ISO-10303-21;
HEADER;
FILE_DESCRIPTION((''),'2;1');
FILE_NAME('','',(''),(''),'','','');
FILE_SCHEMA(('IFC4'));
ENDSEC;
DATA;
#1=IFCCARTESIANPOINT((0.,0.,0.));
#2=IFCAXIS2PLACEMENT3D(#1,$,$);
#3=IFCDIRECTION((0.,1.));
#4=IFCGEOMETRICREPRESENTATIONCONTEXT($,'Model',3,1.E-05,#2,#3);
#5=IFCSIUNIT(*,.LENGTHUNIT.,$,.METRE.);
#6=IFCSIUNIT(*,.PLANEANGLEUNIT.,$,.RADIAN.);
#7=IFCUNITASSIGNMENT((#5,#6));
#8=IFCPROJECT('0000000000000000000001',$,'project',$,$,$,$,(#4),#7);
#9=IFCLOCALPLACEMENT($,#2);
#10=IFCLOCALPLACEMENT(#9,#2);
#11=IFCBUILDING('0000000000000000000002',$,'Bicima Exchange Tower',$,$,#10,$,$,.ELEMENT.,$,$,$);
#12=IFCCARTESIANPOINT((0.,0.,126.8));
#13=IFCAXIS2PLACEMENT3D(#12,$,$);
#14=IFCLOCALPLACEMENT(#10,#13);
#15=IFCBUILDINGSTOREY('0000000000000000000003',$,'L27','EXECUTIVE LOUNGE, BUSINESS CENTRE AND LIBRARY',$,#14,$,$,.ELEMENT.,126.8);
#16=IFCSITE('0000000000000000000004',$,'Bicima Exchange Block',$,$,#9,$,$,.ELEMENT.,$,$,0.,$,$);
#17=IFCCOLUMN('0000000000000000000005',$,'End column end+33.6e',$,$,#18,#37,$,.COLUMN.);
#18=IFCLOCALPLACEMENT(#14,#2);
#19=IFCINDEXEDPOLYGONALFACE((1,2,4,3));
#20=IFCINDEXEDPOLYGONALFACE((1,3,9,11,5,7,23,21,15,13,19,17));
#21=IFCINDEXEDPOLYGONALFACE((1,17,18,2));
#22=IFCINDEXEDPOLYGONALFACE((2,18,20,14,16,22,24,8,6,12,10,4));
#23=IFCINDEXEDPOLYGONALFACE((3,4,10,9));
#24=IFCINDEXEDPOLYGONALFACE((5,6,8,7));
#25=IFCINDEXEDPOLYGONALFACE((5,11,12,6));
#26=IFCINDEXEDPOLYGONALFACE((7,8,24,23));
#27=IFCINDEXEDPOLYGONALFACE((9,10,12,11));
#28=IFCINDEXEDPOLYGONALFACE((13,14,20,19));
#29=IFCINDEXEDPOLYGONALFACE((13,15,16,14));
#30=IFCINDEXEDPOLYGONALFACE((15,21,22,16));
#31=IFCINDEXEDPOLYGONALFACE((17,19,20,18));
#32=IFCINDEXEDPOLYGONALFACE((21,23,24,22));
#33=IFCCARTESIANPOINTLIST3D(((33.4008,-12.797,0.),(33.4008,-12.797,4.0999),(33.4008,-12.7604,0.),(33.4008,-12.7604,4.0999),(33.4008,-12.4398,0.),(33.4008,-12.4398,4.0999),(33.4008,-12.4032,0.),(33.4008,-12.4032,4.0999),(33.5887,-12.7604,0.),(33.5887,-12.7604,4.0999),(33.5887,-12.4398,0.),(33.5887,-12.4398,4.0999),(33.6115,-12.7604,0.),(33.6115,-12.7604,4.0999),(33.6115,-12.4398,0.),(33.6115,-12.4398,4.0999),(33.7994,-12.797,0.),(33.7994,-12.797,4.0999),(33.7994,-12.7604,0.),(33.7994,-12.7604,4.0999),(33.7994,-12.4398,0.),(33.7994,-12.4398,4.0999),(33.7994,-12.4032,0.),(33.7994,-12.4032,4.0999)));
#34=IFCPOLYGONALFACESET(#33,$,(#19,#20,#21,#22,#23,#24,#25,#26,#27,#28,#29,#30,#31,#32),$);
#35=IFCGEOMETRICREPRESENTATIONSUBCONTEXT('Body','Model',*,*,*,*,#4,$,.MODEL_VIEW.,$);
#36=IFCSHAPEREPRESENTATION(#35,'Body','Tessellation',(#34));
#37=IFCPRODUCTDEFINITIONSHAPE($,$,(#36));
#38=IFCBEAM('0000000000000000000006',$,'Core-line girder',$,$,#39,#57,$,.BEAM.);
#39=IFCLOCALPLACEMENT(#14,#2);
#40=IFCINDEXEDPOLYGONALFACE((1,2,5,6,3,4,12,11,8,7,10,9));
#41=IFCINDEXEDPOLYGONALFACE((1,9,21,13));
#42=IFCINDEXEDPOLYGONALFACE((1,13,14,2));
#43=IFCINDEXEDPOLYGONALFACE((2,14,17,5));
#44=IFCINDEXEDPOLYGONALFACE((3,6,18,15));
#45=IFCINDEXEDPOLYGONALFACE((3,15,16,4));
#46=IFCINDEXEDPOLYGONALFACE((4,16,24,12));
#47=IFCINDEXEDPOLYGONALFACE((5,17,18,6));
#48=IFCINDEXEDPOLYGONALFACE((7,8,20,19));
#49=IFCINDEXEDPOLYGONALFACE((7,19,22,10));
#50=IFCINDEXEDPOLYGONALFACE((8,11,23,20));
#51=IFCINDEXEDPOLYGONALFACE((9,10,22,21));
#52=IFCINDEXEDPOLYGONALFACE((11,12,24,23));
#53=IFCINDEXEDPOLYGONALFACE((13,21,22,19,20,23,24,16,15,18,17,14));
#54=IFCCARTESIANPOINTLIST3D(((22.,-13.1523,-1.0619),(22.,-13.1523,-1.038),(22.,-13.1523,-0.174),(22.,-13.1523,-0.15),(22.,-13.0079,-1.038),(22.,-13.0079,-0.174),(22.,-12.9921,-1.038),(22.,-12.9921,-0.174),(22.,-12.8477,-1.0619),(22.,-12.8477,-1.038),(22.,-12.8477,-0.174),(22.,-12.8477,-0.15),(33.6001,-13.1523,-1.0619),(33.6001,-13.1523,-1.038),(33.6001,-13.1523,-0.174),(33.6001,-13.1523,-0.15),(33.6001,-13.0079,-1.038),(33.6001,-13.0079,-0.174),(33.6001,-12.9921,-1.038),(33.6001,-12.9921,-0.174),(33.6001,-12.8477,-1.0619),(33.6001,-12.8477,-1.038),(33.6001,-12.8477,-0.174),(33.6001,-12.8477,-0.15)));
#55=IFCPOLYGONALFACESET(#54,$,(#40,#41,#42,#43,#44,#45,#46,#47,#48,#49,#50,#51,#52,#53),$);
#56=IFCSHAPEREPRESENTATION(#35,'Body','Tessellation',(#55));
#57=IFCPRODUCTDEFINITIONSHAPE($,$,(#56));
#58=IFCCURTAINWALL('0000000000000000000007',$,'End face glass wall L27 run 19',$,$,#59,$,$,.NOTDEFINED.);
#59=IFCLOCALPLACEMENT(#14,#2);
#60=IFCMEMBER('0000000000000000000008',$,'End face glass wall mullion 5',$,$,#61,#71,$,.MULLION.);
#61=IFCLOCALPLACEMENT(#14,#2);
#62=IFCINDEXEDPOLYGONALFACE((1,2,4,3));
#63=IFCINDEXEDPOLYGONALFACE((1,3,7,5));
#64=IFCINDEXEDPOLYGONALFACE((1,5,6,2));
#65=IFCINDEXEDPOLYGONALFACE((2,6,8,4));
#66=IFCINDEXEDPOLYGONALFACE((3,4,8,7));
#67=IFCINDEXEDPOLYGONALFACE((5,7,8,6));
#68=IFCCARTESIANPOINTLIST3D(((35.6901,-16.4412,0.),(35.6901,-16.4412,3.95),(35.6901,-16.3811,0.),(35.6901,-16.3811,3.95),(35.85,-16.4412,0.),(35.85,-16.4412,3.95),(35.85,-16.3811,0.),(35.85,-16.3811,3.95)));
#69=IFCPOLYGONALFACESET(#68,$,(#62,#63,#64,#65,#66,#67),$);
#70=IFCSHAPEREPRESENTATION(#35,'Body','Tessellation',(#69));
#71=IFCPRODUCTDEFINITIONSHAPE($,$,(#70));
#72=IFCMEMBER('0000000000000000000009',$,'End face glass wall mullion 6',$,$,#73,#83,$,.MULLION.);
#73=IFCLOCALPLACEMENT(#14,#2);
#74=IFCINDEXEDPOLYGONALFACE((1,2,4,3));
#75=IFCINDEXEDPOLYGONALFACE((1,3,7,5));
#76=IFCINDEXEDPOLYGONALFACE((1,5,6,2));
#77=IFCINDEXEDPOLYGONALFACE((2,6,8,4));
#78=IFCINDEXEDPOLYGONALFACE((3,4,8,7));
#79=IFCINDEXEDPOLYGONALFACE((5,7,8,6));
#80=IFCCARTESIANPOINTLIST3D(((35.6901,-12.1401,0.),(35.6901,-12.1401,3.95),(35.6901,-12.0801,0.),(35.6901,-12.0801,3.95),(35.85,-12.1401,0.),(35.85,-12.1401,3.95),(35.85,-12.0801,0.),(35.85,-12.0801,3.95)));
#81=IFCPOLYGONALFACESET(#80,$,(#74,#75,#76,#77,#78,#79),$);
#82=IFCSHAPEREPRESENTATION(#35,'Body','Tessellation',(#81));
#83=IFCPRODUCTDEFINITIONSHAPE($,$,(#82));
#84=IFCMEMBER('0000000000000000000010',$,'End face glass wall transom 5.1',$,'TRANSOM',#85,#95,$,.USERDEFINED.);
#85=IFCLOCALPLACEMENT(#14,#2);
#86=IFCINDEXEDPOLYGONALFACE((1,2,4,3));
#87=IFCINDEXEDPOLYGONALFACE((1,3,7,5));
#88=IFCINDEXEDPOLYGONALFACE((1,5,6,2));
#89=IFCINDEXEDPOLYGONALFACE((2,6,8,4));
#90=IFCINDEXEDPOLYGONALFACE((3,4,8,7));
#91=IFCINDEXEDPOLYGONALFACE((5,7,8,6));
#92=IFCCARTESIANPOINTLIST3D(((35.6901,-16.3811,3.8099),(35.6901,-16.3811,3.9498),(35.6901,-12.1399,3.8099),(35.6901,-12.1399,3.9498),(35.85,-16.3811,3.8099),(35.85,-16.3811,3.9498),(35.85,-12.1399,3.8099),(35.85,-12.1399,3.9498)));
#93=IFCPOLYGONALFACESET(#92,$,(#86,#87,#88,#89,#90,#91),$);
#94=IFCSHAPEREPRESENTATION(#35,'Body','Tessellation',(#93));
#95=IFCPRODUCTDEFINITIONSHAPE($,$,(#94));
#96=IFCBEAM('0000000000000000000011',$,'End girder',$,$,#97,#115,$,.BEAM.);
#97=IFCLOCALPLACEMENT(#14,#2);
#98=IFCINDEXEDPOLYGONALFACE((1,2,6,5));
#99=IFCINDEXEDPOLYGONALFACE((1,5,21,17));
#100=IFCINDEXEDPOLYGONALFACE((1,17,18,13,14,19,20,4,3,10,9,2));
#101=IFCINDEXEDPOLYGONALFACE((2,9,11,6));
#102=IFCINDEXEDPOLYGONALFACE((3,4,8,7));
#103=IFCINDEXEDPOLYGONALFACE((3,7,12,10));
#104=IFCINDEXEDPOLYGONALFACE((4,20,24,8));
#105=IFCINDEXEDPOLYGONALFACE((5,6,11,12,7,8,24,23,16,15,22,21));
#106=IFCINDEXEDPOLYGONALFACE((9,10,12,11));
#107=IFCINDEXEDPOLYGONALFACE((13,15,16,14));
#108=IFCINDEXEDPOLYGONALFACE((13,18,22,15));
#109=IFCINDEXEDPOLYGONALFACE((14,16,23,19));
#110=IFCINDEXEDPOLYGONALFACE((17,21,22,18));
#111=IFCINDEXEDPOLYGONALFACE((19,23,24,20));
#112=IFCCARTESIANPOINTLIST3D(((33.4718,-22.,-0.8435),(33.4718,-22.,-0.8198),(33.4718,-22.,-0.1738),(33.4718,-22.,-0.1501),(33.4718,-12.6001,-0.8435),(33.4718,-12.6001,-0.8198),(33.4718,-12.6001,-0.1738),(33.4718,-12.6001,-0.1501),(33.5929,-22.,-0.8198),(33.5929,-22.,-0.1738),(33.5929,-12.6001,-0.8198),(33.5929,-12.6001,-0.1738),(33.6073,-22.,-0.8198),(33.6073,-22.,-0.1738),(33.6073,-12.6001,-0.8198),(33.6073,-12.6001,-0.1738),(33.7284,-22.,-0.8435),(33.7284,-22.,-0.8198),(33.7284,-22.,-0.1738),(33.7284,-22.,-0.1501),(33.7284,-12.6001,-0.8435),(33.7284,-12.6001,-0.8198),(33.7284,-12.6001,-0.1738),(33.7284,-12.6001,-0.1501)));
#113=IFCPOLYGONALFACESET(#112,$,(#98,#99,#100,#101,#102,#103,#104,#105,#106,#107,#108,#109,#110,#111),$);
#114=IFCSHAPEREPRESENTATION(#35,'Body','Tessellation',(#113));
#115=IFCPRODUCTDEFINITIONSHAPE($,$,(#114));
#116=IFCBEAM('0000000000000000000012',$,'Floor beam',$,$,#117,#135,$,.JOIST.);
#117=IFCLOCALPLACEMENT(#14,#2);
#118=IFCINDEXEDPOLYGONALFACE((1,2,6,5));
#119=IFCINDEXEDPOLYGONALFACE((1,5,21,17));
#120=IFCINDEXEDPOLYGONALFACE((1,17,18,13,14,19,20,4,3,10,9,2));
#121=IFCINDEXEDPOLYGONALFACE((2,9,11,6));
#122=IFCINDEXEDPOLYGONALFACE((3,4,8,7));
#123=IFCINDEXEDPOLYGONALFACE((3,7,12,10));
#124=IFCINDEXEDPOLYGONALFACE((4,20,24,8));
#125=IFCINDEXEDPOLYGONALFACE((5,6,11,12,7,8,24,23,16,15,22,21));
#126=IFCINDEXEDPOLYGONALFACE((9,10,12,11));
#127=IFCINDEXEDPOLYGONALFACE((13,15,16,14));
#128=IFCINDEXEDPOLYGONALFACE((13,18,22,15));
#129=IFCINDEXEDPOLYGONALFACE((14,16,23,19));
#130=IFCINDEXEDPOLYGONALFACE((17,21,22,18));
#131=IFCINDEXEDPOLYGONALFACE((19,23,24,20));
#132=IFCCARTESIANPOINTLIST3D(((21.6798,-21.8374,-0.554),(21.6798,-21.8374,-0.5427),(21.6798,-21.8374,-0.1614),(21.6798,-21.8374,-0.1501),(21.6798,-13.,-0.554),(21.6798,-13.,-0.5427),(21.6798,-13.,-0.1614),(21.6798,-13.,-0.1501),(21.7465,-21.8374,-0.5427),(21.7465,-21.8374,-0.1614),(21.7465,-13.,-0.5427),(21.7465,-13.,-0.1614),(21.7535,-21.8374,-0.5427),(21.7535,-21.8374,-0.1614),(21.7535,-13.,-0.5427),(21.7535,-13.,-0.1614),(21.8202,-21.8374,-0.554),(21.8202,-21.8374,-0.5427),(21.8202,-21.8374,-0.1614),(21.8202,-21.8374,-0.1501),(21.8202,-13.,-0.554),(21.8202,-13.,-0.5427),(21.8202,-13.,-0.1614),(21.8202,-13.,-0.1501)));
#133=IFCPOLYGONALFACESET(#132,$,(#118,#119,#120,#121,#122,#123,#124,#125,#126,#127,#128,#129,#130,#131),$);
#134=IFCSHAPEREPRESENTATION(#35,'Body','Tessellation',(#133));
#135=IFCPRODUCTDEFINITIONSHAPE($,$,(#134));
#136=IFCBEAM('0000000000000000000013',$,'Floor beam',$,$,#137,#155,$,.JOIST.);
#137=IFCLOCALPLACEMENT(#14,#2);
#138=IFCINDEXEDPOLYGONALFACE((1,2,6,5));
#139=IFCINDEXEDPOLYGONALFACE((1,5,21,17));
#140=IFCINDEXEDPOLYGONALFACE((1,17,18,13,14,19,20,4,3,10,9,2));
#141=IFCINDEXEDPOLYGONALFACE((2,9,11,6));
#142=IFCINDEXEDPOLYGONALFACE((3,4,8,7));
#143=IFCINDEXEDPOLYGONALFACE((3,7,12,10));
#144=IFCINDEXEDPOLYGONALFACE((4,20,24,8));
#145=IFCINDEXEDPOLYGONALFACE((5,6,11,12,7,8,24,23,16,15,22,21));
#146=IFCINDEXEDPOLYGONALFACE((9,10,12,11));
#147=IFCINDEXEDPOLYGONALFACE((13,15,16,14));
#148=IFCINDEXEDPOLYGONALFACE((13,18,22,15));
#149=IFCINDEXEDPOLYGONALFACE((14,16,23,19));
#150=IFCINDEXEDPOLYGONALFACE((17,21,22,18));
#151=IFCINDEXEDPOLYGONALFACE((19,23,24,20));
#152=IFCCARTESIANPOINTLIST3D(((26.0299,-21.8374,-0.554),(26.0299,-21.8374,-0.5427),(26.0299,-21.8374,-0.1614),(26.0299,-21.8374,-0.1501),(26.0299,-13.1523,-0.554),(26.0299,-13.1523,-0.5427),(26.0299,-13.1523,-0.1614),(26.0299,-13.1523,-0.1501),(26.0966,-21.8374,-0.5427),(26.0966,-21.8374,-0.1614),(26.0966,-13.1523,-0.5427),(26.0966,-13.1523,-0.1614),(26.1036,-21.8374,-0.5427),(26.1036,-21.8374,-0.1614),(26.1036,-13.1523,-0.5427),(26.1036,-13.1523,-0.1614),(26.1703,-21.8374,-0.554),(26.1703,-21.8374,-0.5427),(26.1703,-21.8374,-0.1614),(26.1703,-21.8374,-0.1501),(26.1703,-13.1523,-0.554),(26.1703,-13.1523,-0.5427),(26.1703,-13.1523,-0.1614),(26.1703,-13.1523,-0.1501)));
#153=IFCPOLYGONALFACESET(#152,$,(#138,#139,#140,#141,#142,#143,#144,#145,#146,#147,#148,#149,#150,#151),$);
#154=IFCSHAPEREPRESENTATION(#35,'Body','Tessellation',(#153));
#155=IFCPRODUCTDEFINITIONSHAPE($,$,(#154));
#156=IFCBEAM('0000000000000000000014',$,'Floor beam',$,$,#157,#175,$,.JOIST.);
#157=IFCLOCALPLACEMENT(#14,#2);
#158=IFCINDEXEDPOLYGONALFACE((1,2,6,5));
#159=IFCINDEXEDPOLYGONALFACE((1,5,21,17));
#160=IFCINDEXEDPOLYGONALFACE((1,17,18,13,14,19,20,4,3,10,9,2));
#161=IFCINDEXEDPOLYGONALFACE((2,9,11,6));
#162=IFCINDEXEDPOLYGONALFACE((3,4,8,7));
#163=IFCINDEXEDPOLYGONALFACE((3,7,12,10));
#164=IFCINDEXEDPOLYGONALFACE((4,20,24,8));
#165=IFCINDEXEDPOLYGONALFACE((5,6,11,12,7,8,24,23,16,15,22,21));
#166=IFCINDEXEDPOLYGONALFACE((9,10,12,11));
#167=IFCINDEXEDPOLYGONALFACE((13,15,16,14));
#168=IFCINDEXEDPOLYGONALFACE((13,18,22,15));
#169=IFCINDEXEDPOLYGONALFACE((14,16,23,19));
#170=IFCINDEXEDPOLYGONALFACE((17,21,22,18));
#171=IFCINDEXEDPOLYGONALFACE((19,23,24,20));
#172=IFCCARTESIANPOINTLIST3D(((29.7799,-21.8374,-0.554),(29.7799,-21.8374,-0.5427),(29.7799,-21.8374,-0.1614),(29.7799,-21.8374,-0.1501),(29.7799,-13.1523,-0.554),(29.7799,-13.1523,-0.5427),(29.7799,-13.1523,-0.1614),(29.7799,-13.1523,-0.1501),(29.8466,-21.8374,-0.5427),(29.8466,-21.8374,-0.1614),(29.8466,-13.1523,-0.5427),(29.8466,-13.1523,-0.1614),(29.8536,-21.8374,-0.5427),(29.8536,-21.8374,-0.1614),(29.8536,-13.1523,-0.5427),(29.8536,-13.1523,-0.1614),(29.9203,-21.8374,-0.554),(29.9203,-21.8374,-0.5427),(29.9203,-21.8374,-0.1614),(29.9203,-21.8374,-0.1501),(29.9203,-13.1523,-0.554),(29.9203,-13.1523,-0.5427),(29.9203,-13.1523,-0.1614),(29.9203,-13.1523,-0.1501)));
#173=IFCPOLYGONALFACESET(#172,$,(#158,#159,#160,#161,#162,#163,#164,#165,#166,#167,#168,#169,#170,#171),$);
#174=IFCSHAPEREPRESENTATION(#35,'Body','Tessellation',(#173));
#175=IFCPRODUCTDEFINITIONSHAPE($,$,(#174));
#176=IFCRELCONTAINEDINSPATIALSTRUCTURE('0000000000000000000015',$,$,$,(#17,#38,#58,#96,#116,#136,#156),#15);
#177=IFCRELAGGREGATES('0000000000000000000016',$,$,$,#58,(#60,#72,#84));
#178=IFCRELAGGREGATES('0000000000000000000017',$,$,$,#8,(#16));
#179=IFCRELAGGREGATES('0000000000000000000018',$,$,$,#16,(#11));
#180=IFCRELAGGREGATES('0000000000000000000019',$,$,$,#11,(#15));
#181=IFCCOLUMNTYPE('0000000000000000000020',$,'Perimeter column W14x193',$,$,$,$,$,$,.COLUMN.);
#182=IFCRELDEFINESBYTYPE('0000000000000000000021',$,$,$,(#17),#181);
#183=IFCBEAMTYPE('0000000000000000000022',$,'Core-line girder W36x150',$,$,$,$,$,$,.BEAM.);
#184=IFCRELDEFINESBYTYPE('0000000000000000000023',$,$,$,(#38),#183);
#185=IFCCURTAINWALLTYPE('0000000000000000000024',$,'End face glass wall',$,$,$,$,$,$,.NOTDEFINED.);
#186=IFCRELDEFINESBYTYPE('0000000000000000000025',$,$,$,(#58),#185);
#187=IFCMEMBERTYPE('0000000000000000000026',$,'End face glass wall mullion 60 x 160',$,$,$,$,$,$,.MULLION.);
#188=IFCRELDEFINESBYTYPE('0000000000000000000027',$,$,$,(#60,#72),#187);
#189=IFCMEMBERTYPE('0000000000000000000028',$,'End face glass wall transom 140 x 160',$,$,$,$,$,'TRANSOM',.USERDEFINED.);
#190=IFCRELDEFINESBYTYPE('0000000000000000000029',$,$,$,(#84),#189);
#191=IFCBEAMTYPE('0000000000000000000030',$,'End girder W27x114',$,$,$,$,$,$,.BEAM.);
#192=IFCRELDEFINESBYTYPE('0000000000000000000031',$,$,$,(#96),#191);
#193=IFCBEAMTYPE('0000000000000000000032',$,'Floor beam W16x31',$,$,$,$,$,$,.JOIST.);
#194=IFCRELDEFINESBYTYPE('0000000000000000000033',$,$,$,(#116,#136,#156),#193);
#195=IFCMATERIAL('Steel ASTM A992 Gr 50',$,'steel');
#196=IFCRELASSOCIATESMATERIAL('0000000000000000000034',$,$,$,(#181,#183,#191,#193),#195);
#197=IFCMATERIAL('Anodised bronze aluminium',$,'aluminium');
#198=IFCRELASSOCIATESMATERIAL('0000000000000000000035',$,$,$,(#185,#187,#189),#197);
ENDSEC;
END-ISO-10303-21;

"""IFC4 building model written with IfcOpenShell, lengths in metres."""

from ifc_helpers import new_model, si_unit, direction, frame, origin, origin_2d, place, context, subcontext, project, spatial, rectangle, i_section, extrude, material, material_profile, profile_set, type_object, element, aggregate, save


model = new_model("IFC4")

# Units and contexts
model_context = context("Model", 3, precision=1e-05, world=origin(), true_north=direction((0.0, 1.0)))
body_context = subcontext(model_context, "Body", "Model", "MODEL_VIEW")
ifc_project = project(units=[si_unit("LENGTHUNIT", "METRE"), si_unit("PLANEANGLEUNIT", "RADIAN")], contexts=[model_context])

# Site, building, storey
site_placement = place(None, origin())
site = spatial("IfcSite", under=ifc_project, at=site_placement, Name="Bicima Exchange Block", CompositionType="ELEMENT", RefElevation=0.0)
building_placement = place(site_placement, origin())
building = spatial("IfcBuilding", under=site, at=building_placement, Name="Bicima Exchange Tower", CompositionType="ELEMENT")
storey_placement = place(building_placement, frame((0.0, 0.0, 126.8)))
storey = spatial("IfcBuildingStorey", under=building, at=storey_placement, Name="L27", Description="EXECUTIVE LOUNGE, BUSINESS CENTRE AND LIBRARY", CompositionType="ELEMENT", Elevation=126.8)

# Column
ifc_material_1 = material(Name="Steel ASTM A992 Gr 50", Category="steel")
ifc_material_profile_1 = material_profile(ifc_material_1, i_section(OverallWidth=0.3987, OverallDepth=0.3938, WebThickness=0.0227, FlangeThickness=0.0366, at=origin_2d()))
ifc_profile_set_1 = profile_set([ifc_material_profile_1], Name="Steel ASTM A992 Gr 50")
column_type = type_object("IfcColumnType", Name="Perimeter column W14x193", PredefinedType="COLUMN", material=ifc_profile_set_1)
column_placement = place(storey_placement, frame((33.6001, -12.6001, 0.0), z_axis=(0.0, 0.0, 1.0), x_axis=(1.0, 0.0, 0.0)))
element("IfcColumn", 1, at=column_placement, inside=storey, type_object=column_type, Name="End column end+33.6e", PredefinedType="COLUMN", context=body_context, shape_type="SweptSolid", body=[
    extrude(i_section(OverallWidth=0.3987, OverallDepth=0.3938, WebThickness=0.0227, FlangeThickness=0.0366, at=origin_2d()), origin(), (0.0, 0.0, 1.0), 4.0999),
])

# Beam
ifc_material_profile_2 = material_profile(ifc_material_1, i_section(OverallWidth=0.3047, OverallDepth=0.9119, WebThickness=0.0159, FlangeThickness=0.0239, at=origin_2d()))
ifc_profile_set_2 = profile_set([ifc_material_profile_2], Name="Steel ASTM A992 Gr 50")
beam_type_1 = type_object("IfcBeamType", Name="Core-line girder W36x150", PredefinedType="BEAM", material=ifc_profile_set_2)
beam_1_placement = place(storey_placement, frame((22.0, -13.0, -0.606), z_axis=(1.0, 0.0, 0.0), x_axis=(0.0, 1.0, 0.0)))
element("IfcBeam", 2, at=beam_1_placement, inside=storey, type_object=beam_type_1, Name="Core-line girder", PredefinedType="BEAM", context=body_context, shape_type="SweptSolid", body=[
    extrude(i_section(OverallWidth=0.3047, OverallDepth=0.9119, WebThickness=0.0159, FlangeThickness=0.0239, at=origin_2d()), origin(), (0.0, 0.0, 1.0), 11.6001),
])

# Curtain wall, members
ifc_material_2 = material(Name="Anodised bronze aluminium", Category="aluminium")
curtain_wall_type = type_object("IfcCurtainWallType", Name="End face glass wall", PredefinedType="NOTDEFINED", material=ifc_material_2)
curtain_wall_placement = place(storey_placement, origin())
curtain_wall = element("IfcCurtainWall", 3, at=curtain_wall_placement, inside=storey, type_object=curtain_wall_type, Name="End face glass wall L27 run 19", PredefinedType="NOTDEFINED")
ifc_material_profile_3 = material_profile(ifc_material_2, rectangle(XDim=0.1599, YDim=0.0601, at=origin_2d()))
ifc_profile_set_3 = profile_set([ifc_material_profile_3], Name="Anodised bronze aluminium")
member_type_1 = type_object("IfcMemberType", Name="End face glass wall mullion 60 x 160", PredefinedType="MULLION", material=ifc_profile_set_3)
member_1_placement = place(storey_placement, frame((35.77, -16.4111, 0.0), z_axis=(0.0, 0.0, 1.0), x_axis=(-1.0, 0.0, 0.0)))
member_1 = element("IfcMember", 4, at=member_1_placement, type_object=member_type_1, Name="End face glass wall mullion 5", PredefinedType="MULLION", context=body_context, shape_type="SweptSolid", body=[
    extrude(rectangle(XDim=0.1599, YDim=0.0601, at=origin_2d()), origin(), (0.0, 0.0, 1.0), 3.95),
])
member_2_placement = place(storey_placement, frame((35.77, -12.1101, 0.0), z_axis=(0.0, 0.0, 1.0), x_axis=(-1.0, 0.0, 0.0)))
member_2 = element("IfcMember", 5, at=member_2_placement, type_object=member_type_1, Name="End face glass wall mullion 6", PredefinedType="MULLION", context=body_context, shape_type="SweptSolid", body=[
    extrude(rectangle(XDim=0.1599, YDim=0.0601, at=origin_2d()), origin(), (0.0, 0.0, 1.0), 3.95),
])
ifc_material_profile_4 = material_profile(ifc_material_2, rectangle(XDim=0.1599, YDim=0.1399, at=origin_2d()))
ifc_profile_set_4 = profile_set([ifc_material_profile_4], Name="Anodised bronze aluminium")
member_type_2 = type_object("IfcMemberType", Name="End face glass wall transom 140 x 160", ElementType="TRANSOM", PredefinedType="USERDEFINED", material=ifc_profile_set_4)
member_3_placement = place(storey_placement, frame((35.77, -16.3811, 3.8799), z_axis=(0.0, 1.0, 0.0), x_axis=(-1.0, 0.0, 0.0)))
member_3 = element("IfcMember", 6, at=member_3_placement, type_object=member_type_2, Name="End face glass wall transom 5.1", ObjectType="TRANSOM", PredefinedType="USERDEFINED", context=body_context, shape_type="SweptSolid", body=[
    extrude(rectangle(XDim=0.1599, YDim=0.1399, at=origin_2d()), origin(), (0.0, 0.0, 1.0), 4.2412),
])

# Beams
ifc_material_profile_5 = material_profile(ifc_material_1, i_section(OverallWidth=0.2566, OverallDepth=0.6934, WebThickness=0.0144, FlangeThickness=0.0237, at=origin_2d()))
ifc_profile_set_5 = profile_set([ifc_material_profile_5], Name="Steel ASTM A992 Gr 50")
beam_type_2 = type_object("IfcBeamType", Name="End girder W27x114", PredefinedType="BEAM", material=ifc_profile_set_5)
beam_2_placement = place(storey_placement, frame((33.6001, -12.6001, -0.4968), z_axis=(0.0, -1.0, 0.0), x_axis=(1.0, 0.0, 0.0)))
element("IfcBeam", 7, at=beam_2_placement, inside=storey, type_object=beam_type_2, Name="End girder", PredefinedType="BEAM", context=body_context, shape_type="SweptSolid", body=[
    extrude(i_section(OverallWidth=0.2566, OverallDepth=0.6934, WebThickness=0.0144, FlangeThickness=0.0237, at=origin_2d()), origin(), (0.0, 0.0, 1.0), 9.3999),
])
ifc_material_profile_6 = material_profile(ifc_material_1, i_section(OverallWidth=0.1404, OverallDepth=0.4038, WebThickness=0.0071, FlangeThickness=0.0112, at=origin_2d()))
ifc_profile_set_6 = profile_set([ifc_material_profile_6], Name="Steel ASTM A992 Gr 50")
beam_type_3 = type_object("IfcBeamType", Name="Floor beam W16x31", PredefinedType="JOIST", material=ifc_profile_set_6)
beam_3_placement = place(storey_placement, frame((21.75, -13.0, -0.3521), z_axis=(0.0, -1.0, 0.0), x_axis=(1.0, 0.0, 0.0)))
element("IfcBeam", 8, at=beam_3_placement, inside=storey, type_object=beam_type_3, Name="Floor beam", PredefinedType="JOIST", context=body_context, shape_type="SweptSolid", body=[
    extrude(i_section(OverallWidth=0.1404, OverallDepth=0.4038, WebThickness=0.0071, FlangeThickness=0.0112, at=origin_2d()), origin(), (0.0, 0.0, 1.0), 8.8374),
])
for number, where, z_axis, x_axis, name in (
    (9, (26.1001, -13.1523, -0.3521), (0.0, -1.0, 0.0), (1.0, 0.0, 0.0), "Floor beam"),
    (10, (29.8501, -13.1523, -0.3521), (0.0, -1.0, 0.0), (1.0, 0.0, 0.0), "Floor beam"),
):
    element("IfcBeam", number, at=place(storey_placement, frame(where, z_axis=z_axis, x_axis=x_axis)), inside=storey, type_object=beam_type_3, Name=name, PredefinedType="JOIST", context=body_context, shape_type="SweptSolid", body=[
        extrude(i_section(OverallWidth=0.1404, OverallDepth=0.4038, WebThickness=0.0071, FlangeThickness=0.0112, at=origin_2d()), origin(), (0.0, 0.0, 1.0), 8.6851),
    ])

aggregate(curtain_wall, [member_1, member_2, member_3])

save(model, "model.ifc")
